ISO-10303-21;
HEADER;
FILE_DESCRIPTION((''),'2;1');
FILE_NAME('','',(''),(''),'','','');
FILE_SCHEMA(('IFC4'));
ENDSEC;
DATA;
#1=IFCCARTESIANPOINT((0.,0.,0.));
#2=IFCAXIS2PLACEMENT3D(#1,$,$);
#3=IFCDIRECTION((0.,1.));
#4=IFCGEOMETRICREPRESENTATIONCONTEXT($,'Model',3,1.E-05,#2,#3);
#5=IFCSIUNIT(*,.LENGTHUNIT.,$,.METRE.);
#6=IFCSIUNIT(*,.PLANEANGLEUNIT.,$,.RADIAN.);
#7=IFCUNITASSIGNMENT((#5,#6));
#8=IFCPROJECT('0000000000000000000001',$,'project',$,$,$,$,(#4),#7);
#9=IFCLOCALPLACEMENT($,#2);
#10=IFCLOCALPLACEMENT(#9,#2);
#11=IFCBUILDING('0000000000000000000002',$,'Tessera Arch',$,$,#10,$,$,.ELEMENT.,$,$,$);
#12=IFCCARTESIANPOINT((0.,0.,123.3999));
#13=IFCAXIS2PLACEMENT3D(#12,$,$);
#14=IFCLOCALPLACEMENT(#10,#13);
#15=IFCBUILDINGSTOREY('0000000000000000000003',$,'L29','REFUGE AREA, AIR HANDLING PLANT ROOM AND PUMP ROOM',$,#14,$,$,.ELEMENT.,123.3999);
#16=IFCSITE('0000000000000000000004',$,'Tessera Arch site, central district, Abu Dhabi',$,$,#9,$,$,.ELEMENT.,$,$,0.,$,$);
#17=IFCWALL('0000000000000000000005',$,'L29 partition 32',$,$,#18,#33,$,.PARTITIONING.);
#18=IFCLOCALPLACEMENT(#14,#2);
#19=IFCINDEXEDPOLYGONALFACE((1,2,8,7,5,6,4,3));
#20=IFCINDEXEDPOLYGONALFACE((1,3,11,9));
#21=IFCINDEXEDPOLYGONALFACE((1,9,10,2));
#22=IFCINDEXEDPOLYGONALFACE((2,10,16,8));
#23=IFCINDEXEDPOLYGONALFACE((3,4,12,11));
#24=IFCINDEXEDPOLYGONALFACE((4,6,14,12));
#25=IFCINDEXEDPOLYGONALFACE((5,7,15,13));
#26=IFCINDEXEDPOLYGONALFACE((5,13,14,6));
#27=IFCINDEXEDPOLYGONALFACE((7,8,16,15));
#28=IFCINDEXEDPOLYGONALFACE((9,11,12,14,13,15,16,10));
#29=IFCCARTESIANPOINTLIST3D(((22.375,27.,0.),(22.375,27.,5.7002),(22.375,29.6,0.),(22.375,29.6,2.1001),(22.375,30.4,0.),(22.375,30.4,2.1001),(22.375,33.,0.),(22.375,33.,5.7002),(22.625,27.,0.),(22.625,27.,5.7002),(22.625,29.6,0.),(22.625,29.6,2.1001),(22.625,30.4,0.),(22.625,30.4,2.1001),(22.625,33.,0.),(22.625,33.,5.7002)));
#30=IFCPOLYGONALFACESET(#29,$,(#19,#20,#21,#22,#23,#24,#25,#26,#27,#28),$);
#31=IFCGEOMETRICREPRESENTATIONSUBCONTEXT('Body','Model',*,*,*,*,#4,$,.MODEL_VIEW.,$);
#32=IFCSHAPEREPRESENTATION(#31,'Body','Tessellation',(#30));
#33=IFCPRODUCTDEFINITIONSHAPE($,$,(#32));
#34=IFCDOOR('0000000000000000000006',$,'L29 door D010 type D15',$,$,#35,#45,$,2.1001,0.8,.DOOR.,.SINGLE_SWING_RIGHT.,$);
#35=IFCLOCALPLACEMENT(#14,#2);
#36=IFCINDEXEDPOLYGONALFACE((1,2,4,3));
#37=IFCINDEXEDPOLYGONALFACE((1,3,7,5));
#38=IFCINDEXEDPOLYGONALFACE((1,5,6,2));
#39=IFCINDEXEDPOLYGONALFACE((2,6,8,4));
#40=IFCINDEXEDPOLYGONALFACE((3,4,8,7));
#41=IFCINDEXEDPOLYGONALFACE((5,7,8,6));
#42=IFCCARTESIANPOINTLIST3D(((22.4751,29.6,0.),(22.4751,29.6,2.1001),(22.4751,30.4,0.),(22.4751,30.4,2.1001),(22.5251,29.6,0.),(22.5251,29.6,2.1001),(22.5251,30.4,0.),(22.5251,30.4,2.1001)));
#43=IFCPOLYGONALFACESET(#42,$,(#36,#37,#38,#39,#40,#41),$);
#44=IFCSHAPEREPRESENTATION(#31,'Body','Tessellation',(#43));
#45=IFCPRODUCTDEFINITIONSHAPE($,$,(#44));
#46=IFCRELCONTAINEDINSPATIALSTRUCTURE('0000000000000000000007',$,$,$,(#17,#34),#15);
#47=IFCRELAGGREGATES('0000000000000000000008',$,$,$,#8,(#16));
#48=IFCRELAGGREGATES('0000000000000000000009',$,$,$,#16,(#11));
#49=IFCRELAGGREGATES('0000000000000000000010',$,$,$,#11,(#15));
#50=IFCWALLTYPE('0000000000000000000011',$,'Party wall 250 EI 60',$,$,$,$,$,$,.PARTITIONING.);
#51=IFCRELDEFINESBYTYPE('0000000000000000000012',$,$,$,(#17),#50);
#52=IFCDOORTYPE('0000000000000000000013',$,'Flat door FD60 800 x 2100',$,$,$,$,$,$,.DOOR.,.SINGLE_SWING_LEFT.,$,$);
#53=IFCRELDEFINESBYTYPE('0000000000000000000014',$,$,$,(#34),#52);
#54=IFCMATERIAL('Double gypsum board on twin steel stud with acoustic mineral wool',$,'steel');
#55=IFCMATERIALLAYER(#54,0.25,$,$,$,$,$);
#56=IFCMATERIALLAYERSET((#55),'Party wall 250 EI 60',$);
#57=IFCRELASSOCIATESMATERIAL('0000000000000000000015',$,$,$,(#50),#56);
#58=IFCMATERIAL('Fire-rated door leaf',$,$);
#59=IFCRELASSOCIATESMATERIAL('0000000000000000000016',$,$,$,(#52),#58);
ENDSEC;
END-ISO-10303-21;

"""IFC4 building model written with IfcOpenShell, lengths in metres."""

from ifc_helpers import new_model, si_unit, direction, frame, frame_2d, origin, place, context, subcontext, project, spatial, rectangle, extrude, material, layer, layer_set, type_object, element, fill, save


model = new_model("IFC4")

# Units and contexts
model_context = context("Model", 3, precision=1e-05, world=origin(), true_north=direction((0.0, 1.0)))
body_context = subcontext(model_context, "Body", "Model", "MODEL_VIEW")
ifc_project = project(units=[si_unit("LENGTHUNIT", "METRE"), si_unit("PLANEANGLEUNIT", "RADIAN")], contexts=[model_context])

# Site, building, storey
site_placement = place(None, origin())
site = spatial("IfcSite", under=ifc_project, at=site_placement, Name="Tessera Arch site, central district, Abu Dhabi", CompositionType="ELEMENT", RefElevation=0.0)
building_placement = place(site_placement, origin())
building = spatial("IfcBuilding", under=site, at=building_placement, Name="Tessera Arch", CompositionType="ELEMENT")
storey_placement = place(building_placement, frame((0.0, 0.0, 123.3999)))
storey = spatial("IfcBuildingStorey", under=building, at=storey_placement, Name="L29", Description="REFUGE AREA, AIR HANDLING PLANT ROOM AND PUMP ROOM", CompositionType="ELEMENT", Elevation=123.3999)

# Shared definitions
ifc_material_1 = material(Name="Double gypsum board on twin steel stud with acoustic mineral wool", Category="steel")
ifc_layer_1 = layer(ifc_material_1, 0.25)
ifc_layer_set_1 = layer_set([ifc_layer_1], Name="Party wall 250 EI 60")
wall_type = type_object("IfcWallType", Name="Party wall 250 EI 60", PredefinedType="PARTITIONING", material=ifc_layer_set_1)

# Wall, opening, door
wall_1_placement = place(storey_placement, frame((22.5, 27.0, 0.0), z_axis=(0.0, 0.0, 1.0), x_axis=(0.0, 1.0, 0.0)))
wall_1 = element("IfcWall", 1, at=wall_1_placement, inside=storey, type_object=wall_type, Name="L29 partition 32", PredefinedType="PARTITIONING", context=body_context, shape_type="SweptSolid", body=[
    extrude(rectangle(XDim=6.0, YDim=0.25, at=frame_2d((3.0, 0.0))), origin(), (0.0, 0.0, 1.0), 5.7002),
])
opening_placement = place(wall_1_placement, frame((2.6001, 0.0, 0.0)))
opening = element("IfcOpeningElement", 2, at=opening_placement, cuts=wall_1, PredefinedType="OPENING", context=body_context, shape_type="SweptSolid", body=[
    extrude(rectangle(XDim=0.8, YDim=2.1001, at=frame_2d((0.3999, 1.05))), frame((0.0, 0.135, 0.0), z_axis=(0.0, -1.0, 0.0), x_axis=(1.0, 0.0, 0.0)), (0.0, 0.0, 1.0), 0.27),
])
ifc_material_2 = material(Name="Fire-rated door leaf")
door_type = type_object("IfcDoorType", Name="Flat door FD60 800 x 2100", OperationType="SINGLE_SWING_LEFT", PredefinedType="DOOR", material=ifc_material_2)
door_placement = place(opening_placement, origin())
door = element("IfcDoor", 3, at=door_placement, inside=storey, type_object=door_type, Name="L29 door D010 type D15", OperationType="SINGLE_SWING_RIGHT", OverallHeight=2.1001, OverallWidth=0.8, PredefinedType="DOOR", context=body_context, shape_type="SweptSolid", body=[
    extrude(rectangle(XDim=0.8, YDim=2.1001, at=frame_2d((0.3999, 1.05))), frame((0.0, 0.0249, 0.0), z_axis=(0.0, -1.0, 0.0), x_axis=(1.0, 0.0, 0.0)), (0.0, 0.0, 1.0), 0.05),
])
fill(opening, door)

save(model, "model.ifc")
